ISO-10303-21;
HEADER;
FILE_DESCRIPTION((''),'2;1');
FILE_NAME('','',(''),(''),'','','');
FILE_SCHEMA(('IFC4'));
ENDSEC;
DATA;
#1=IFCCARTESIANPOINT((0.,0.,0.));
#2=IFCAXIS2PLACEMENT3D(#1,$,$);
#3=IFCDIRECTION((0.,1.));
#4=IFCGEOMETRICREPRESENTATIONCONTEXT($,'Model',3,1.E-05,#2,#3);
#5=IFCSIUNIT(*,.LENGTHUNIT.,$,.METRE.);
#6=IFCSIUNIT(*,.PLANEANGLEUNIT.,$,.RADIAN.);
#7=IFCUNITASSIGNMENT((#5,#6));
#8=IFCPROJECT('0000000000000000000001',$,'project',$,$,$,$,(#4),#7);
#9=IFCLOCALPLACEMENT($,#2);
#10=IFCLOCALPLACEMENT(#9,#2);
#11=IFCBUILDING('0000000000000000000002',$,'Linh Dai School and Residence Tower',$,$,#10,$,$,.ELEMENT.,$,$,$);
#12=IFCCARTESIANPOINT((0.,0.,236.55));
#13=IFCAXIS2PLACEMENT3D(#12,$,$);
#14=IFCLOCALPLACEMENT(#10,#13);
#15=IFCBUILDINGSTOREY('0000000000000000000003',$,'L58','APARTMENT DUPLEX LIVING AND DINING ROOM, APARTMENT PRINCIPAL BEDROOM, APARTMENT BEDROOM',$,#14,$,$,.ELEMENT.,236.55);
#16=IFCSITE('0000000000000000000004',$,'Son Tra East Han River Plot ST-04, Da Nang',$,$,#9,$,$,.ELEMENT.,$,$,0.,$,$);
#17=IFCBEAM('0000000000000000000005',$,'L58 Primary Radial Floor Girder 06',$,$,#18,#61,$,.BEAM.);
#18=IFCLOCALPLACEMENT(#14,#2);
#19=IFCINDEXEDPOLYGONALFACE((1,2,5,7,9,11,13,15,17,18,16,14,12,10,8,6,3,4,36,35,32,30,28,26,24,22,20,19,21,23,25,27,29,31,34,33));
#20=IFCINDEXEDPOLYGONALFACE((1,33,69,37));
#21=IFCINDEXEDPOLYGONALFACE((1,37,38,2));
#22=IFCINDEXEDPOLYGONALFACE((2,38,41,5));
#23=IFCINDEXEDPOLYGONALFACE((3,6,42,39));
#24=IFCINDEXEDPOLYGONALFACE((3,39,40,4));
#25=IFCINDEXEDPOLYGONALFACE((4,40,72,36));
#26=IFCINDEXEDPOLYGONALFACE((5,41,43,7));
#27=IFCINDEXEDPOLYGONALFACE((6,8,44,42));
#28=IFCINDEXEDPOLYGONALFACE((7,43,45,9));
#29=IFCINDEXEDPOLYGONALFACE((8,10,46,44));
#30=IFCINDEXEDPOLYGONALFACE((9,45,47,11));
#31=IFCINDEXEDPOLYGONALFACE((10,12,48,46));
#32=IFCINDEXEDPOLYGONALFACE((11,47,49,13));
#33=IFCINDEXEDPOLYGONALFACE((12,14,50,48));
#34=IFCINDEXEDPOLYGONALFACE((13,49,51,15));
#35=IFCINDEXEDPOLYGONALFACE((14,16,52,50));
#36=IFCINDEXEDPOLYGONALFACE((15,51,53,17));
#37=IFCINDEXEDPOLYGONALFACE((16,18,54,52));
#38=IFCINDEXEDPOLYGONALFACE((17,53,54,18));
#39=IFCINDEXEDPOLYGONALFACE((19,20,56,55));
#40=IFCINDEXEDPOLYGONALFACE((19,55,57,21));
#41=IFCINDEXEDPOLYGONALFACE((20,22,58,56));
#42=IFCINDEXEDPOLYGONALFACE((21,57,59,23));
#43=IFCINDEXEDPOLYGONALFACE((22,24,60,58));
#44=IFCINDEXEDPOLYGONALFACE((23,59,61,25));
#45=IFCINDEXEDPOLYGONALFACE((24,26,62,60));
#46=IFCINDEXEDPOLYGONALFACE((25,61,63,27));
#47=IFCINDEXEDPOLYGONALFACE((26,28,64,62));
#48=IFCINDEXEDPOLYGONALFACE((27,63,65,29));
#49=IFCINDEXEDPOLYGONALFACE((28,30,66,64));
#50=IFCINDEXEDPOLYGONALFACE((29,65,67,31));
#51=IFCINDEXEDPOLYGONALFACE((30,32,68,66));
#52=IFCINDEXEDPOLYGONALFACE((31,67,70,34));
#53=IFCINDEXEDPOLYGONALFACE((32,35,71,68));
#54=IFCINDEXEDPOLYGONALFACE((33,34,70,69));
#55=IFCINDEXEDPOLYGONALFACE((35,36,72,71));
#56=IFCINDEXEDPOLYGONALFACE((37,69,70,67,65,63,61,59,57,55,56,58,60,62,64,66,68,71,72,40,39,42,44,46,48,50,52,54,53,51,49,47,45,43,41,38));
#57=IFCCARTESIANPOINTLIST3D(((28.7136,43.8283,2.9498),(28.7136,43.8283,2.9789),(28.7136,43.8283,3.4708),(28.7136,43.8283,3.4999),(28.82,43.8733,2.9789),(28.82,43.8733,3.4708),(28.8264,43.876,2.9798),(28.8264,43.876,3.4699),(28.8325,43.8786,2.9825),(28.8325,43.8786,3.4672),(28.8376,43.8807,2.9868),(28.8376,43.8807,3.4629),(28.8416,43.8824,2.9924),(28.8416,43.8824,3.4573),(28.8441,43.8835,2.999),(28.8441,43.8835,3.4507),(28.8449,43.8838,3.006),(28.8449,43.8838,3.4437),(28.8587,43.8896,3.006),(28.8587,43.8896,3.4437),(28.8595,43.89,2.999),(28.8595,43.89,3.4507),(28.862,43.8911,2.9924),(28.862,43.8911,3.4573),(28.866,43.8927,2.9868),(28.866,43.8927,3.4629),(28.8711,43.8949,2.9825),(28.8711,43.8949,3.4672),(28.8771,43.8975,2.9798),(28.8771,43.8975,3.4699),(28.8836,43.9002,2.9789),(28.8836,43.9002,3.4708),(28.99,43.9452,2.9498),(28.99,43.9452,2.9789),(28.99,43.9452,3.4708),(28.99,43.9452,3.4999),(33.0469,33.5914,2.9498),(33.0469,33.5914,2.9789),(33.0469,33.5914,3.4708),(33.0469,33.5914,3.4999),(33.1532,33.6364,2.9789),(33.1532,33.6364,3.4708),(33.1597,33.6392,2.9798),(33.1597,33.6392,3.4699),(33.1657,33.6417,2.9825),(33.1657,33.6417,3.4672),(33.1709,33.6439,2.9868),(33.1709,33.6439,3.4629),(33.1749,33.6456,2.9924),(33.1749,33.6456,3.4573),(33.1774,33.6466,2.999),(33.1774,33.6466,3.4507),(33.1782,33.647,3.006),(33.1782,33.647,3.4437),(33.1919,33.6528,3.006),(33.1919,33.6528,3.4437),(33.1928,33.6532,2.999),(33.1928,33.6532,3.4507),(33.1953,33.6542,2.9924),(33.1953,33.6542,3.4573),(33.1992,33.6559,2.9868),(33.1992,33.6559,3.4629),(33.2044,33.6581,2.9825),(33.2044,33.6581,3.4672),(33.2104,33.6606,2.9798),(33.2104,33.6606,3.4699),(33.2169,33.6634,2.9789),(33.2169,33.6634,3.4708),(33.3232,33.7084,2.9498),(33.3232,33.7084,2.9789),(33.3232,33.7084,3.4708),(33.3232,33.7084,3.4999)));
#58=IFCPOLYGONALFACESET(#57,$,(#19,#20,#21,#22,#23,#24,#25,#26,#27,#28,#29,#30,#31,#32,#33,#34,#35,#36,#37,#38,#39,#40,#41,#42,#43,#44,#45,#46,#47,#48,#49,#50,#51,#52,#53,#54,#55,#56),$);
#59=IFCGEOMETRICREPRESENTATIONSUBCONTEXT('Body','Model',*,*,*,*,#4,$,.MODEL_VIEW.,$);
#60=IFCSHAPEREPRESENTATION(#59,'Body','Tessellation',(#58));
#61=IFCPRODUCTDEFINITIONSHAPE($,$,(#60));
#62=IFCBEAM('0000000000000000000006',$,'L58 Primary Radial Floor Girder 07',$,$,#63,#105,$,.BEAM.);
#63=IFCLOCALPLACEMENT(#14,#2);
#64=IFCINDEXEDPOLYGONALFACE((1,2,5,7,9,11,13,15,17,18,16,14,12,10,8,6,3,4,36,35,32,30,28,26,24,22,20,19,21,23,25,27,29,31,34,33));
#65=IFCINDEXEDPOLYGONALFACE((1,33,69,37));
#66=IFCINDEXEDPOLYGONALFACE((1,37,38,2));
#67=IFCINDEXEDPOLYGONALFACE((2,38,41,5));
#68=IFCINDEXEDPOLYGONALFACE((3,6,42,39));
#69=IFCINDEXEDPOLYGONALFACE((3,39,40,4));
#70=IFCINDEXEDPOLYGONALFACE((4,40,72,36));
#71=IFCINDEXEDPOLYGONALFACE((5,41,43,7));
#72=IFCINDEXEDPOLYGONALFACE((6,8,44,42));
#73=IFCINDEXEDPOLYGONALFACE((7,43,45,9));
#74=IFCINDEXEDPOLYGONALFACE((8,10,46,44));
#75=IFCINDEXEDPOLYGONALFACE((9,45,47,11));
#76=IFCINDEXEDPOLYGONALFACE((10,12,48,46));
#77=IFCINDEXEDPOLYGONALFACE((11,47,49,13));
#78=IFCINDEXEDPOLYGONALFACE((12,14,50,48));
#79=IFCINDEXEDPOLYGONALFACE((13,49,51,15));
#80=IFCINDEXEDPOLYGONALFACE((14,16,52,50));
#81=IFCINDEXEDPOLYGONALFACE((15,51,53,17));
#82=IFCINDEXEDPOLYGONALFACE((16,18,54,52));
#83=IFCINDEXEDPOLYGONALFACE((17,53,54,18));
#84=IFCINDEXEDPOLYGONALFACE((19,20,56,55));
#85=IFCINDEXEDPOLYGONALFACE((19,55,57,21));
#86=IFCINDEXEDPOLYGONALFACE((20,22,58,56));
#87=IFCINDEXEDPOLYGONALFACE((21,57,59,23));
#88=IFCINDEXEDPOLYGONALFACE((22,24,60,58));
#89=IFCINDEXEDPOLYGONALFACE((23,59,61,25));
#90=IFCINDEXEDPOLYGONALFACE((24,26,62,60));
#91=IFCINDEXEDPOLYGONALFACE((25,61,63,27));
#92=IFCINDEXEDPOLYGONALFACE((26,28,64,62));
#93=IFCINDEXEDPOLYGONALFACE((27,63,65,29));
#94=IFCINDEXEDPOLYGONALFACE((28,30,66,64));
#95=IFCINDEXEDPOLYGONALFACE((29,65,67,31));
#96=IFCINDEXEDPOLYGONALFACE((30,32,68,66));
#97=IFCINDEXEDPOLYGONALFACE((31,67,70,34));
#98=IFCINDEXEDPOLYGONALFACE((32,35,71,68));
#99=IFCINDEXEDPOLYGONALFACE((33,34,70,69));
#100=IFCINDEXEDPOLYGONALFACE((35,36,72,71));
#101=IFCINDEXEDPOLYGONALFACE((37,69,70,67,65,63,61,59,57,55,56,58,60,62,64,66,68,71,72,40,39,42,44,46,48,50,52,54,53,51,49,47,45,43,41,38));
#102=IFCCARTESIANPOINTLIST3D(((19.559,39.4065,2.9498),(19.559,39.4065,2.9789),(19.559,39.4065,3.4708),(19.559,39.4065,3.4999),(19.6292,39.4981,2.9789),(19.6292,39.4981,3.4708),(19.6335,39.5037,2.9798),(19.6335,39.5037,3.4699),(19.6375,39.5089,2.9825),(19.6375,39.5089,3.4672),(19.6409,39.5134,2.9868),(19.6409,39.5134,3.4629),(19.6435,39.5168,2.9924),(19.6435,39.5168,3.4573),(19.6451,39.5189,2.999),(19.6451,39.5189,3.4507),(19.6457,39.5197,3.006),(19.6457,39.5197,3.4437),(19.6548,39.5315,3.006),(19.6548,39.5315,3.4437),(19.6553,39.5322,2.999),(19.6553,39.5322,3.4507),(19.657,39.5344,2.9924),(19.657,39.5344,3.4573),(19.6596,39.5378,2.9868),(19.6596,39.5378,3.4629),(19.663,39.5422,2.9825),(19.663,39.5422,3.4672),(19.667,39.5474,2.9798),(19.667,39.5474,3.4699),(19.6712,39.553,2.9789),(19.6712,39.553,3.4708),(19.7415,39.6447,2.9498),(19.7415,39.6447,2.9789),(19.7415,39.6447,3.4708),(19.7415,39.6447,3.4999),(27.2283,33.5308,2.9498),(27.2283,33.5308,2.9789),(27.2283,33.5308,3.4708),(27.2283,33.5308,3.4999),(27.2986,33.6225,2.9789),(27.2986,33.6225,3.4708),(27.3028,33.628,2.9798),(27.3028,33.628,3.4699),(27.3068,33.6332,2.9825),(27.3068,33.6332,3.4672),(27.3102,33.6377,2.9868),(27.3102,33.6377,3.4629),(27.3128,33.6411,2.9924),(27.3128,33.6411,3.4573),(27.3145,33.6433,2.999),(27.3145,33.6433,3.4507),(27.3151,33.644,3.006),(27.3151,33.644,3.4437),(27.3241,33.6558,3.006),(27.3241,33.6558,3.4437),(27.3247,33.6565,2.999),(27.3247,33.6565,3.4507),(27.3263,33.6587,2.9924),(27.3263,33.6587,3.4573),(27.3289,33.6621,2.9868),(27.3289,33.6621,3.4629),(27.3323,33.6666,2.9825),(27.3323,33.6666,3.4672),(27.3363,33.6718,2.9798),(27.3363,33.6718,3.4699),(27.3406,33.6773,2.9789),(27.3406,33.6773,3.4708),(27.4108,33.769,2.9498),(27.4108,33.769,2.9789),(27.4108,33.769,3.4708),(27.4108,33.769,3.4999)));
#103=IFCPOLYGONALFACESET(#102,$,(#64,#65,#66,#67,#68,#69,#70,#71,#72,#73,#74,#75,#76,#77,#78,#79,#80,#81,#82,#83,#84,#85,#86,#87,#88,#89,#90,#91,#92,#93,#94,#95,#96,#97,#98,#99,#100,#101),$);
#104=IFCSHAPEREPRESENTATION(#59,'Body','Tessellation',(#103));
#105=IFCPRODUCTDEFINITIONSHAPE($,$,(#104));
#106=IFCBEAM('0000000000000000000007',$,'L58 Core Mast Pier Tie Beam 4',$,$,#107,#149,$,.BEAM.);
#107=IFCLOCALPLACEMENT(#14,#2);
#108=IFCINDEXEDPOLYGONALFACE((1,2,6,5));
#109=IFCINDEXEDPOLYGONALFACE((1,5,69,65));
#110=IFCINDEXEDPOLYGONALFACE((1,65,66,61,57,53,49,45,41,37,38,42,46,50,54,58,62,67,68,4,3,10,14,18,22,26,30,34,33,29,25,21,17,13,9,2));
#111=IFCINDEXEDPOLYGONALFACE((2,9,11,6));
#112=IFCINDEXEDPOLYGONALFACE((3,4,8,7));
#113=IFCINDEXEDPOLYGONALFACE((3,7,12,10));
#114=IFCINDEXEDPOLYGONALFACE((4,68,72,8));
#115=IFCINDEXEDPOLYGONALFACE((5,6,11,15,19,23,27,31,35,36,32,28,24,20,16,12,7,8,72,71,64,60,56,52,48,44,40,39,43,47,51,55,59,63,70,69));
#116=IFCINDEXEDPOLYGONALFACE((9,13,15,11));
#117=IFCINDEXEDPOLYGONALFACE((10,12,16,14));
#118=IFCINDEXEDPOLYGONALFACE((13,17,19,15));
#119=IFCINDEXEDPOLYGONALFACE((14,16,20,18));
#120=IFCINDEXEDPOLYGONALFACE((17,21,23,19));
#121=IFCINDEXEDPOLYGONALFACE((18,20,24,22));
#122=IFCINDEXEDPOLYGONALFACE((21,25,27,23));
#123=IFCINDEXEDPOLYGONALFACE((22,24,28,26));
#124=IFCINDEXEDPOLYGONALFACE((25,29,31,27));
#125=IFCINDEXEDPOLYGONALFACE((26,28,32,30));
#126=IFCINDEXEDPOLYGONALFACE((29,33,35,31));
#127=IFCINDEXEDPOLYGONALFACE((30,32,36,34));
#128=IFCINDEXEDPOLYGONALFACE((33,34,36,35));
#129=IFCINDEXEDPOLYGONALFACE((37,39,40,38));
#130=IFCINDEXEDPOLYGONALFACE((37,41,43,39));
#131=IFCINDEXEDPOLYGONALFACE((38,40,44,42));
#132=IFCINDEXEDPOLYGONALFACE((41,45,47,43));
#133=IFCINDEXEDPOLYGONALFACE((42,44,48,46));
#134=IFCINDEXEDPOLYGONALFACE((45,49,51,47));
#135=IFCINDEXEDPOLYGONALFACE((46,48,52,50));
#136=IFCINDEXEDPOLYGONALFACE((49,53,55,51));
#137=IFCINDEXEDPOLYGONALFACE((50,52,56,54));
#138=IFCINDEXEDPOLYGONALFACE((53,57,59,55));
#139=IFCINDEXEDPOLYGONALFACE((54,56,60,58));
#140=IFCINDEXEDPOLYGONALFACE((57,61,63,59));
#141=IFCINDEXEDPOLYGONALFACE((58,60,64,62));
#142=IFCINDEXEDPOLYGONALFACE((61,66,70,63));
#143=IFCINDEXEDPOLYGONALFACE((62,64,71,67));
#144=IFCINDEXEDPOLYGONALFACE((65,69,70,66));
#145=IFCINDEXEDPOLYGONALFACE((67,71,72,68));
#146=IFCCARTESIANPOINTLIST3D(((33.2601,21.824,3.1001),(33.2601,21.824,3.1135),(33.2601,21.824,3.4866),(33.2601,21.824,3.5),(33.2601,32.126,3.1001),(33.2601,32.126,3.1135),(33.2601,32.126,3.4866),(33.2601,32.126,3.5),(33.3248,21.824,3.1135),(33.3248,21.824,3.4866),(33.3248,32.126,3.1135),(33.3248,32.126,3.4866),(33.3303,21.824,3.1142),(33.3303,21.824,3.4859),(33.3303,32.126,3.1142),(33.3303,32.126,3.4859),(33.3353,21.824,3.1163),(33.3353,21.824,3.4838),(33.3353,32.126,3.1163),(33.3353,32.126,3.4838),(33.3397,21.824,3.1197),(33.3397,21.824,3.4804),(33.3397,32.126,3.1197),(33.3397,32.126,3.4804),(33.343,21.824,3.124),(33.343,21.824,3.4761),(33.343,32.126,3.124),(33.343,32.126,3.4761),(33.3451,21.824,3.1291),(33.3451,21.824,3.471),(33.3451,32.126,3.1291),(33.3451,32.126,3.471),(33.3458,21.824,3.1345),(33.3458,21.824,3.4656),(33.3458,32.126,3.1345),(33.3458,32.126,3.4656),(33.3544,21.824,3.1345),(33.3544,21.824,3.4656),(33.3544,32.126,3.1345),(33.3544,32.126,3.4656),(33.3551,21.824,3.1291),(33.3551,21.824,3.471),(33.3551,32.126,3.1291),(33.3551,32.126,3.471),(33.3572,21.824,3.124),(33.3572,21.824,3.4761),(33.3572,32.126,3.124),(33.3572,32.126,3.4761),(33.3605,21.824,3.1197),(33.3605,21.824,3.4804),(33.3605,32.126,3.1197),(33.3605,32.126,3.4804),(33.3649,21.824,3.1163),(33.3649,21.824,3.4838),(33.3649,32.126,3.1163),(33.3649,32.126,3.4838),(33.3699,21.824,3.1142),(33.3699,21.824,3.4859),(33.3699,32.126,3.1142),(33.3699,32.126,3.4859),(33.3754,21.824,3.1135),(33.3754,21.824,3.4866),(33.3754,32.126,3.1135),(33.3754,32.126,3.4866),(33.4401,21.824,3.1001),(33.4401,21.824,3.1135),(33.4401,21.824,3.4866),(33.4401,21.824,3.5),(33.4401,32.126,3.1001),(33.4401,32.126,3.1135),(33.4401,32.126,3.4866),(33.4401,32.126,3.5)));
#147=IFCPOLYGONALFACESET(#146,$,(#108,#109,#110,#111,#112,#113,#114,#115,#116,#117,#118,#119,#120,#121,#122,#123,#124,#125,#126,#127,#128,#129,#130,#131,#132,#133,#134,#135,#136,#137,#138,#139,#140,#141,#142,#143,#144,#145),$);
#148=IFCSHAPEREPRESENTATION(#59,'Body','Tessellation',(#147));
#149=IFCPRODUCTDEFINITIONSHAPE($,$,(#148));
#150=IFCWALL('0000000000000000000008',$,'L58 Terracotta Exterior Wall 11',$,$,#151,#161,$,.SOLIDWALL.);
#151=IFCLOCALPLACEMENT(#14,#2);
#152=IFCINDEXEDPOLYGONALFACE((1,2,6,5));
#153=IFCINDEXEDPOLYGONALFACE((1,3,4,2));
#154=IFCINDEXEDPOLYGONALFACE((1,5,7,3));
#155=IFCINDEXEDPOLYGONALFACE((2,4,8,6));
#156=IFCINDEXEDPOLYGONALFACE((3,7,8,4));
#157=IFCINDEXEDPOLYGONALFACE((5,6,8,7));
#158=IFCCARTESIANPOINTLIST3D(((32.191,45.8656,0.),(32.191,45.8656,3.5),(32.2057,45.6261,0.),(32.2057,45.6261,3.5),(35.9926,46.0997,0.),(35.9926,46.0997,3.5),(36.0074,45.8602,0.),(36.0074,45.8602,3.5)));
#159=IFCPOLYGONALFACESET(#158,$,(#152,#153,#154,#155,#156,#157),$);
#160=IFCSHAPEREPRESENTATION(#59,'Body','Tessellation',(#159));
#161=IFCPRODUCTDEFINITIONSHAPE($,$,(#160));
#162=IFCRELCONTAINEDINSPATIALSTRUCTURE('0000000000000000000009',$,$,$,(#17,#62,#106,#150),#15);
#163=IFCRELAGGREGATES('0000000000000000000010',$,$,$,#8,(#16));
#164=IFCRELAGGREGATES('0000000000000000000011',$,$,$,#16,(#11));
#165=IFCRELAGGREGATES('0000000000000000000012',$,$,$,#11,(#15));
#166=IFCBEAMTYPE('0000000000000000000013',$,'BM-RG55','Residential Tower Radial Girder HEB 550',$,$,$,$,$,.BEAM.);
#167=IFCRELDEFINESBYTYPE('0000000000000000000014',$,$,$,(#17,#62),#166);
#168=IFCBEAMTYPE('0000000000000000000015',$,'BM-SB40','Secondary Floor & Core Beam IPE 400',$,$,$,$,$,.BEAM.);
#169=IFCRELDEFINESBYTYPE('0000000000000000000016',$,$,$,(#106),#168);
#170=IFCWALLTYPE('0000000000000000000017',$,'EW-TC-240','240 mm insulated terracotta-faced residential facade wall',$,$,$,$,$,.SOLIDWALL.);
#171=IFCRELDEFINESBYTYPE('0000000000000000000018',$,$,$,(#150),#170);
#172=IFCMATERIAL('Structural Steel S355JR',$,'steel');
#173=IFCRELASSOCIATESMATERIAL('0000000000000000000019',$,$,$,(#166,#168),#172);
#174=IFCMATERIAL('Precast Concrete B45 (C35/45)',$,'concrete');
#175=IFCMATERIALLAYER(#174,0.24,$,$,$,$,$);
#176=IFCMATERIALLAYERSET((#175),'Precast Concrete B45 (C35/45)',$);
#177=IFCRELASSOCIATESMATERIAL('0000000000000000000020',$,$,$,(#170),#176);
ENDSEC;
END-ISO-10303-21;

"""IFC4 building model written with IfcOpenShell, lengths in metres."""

from ifc_helpers import new_model, si_unit, direction, frame, frame_2d, origin, origin_2d, place, context, subcontext, project, spatial, rectangle, i_section, extrude, material, layer, layer_set, material_profile, profile_set, type_object, element, save


model = new_model("IFC4")

# Units and contexts
model_context = context("Model", 3, precision=1e-05, world=origin(), true_north=direction((0.0, 1.0)))
body_context = subcontext(model_context, "Body", "Model", "MODEL_VIEW")
ifc_project = project(units=[si_unit("LENGTHUNIT", "METRE"), si_unit("PLANEANGLEUNIT", "RADIAN")], contexts=[model_context])

# Site, building, storey
site_placement = place(None, origin())
site = spatial("IfcSite", under=ifc_project, at=site_placement, Name="Son Tra East Han River Plot ST-04, Da Nang", CompositionType="ELEMENT", RefElevation=0.0)
building_placement = place(site_placement, origin())
building = spatial("IfcBuilding", under=site, at=building_placement, Name="Linh Dai School and Residence Tower", CompositionType="ELEMENT")
storey_placement = place(building_placement, frame((0.0, 0.0, 236.55)))
storey = spatial("IfcBuildingStorey", under=building, at=storey_placement, Name="L58", Description="APARTMENT DUPLEX LIVING AND DINING ROOM, APARTMENT PRINCIPAL BEDROOM, APARTMENT BEDROOM", CompositionType="ELEMENT", Elevation=236.55)

# Shared definitions
ifc_material_1 = material(Name="Structural Steel S355JR", Category="steel")

# Beams
ifc_material_profile_1 = material_profile(ifc_material_1, i_section(OverallWidth=0.3, OverallDepth=0.55, WebThickness=0.0149, FlangeThickness=0.0291, FilletRadius=0.0271, at=origin_2d()), Name="HEB 550")
ifc_profile_set_1 = profile_set([ifc_material_profile_1], Name="Structural Steel S355JR")
beam_type_1 = type_object("IfcBeamType", Name="BM-RG55", Description="Residential Tower Radial Girder HEB 550", PredefinedType="BEAM", material=ifc_profile_set_1)
beam_1_placement = place(storey_placement, frame((33.1851, 33.6499, 3.2249), z_axis=(-0.389815, 0.920893, 0.0), x_axis=(-0.920893, -0.389815, 0.0)))
element("IfcBeam", 1, at=beam_1_placement, inside=storey, type_object=beam_type_1, Name="L58 Primary Radial Floor Girder 06", PredefinedType="BEAM", context=body_context, shape_type="SweptSolid", body=[
    extrude(i_section(OverallWidth=0.3, OverallDepth=0.55, WebThickness=0.0149, FlangeThickness=0.0291, FilletRadius=0.0271, at=origin_2d()), origin(), (0.0, 0.0, 1.0), 11.1162),
])
beam_2_placement = place(storey_placement, frame((27.3196, 33.6499, 3.2249), z_axis=(-0.793815, 0.60816, 0.0), x_axis=(-0.60816, -0.793815, 0.0)))
element("IfcBeam", 2, at=beam_2_placement, inside=storey, type_object=beam_type_1, Name="L58 Primary Radial Floor Girder 07", PredefinedType="BEAM", context=body_context, shape_type="SweptSolid", body=[
    extrude(i_section(OverallWidth=0.3, OverallDepth=0.55, WebThickness=0.0149, FlangeThickness=0.0291, FilletRadius=0.0271, at=origin_2d()), origin(), (0.0, 0.0, 1.0), 9.6614),
])
ifc_material_profile_2 = material_profile(ifc_material_1, i_section(OverallWidth=0.1799, OverallDepth=0.3999, WebThickness=0.0085, FlangeThickness=0.0134, FilletRadius=0.021, at=origin_2d()), Name="IPE 400")
ifc_profile_set_2 = profile_set([ifc_material_profile_2], Name="Structural Steel S355JR")
beam_type_2 = type_object("IfcBeamType", Name="BM-SB40", Description="Secondary Floor & Core Beam IPE 400", PredefinedType="BEAM", material=ifc_profile_set_2)
beam_3_placement = place(storey_placement, frame((33.3501, 32.126, 3.3), z_axis=(0.0, -1.0, 0.0), x_axis=(1.0, 0.0, 0.0)))
element("IfcBeam", 3, at=beam_3_placement, inside=storey, type_object=beam_type_2, Name="L58 Core Mast Pier Tie Beam 4", PredefinedType="BEAM", context=body_context, shape_type="SweptSolid", body=[
    extrude(i_section(OverallWidth=0.1799, OverallDepth=0.3999, WebThickness=0.0085, FlangeThickness=0.0134, FilletRadius=0.021, at=origin_2d()), origin(), (0.0, 0.0, 1.0), 10.302),
])

# Wall
ifc_material_2 = material(Name="Precast Concrete B45 (C35/45)", Category="concrete")
ifc_layer_1 = layer(ifc_material_2, 0.24)
ifc_layer_set_1 = layer_set([ifc_layer_1], Name="Precast Concrete B45 (C35/45)")
wall_type_1 = type_object("IfcWallType", Name="EW-TC-240", Description="240 mm insulated terracotta-faced residential facade wall", PredefinedType="SOLIDWALL", material=ifc_layer_set_1)
wall_1_placement = place(storey_placement, frame((32.1985, 45.7458, 0.0), z_axis=(0.0, 0.0, 1.0), x_axis=(0.998109, 0.061472, 0.0)))
element("IfcWall", 4, at=wall_1_placement, inside=storey, type_object=wall_type_1, Name="L58 Terracotta Exterior Wall 11", PredefinedType="SOLIDWALL", context=body_context, shape_type="SweptSolid", body=[
    extrude(rectangle(XDim=3.8088, YDim=0.24, at=frame_2d((1.9043, 0.0))), origin(), (0.0, 0.0, 1.0), 3.5),
])

save(model, "model.ifc")
